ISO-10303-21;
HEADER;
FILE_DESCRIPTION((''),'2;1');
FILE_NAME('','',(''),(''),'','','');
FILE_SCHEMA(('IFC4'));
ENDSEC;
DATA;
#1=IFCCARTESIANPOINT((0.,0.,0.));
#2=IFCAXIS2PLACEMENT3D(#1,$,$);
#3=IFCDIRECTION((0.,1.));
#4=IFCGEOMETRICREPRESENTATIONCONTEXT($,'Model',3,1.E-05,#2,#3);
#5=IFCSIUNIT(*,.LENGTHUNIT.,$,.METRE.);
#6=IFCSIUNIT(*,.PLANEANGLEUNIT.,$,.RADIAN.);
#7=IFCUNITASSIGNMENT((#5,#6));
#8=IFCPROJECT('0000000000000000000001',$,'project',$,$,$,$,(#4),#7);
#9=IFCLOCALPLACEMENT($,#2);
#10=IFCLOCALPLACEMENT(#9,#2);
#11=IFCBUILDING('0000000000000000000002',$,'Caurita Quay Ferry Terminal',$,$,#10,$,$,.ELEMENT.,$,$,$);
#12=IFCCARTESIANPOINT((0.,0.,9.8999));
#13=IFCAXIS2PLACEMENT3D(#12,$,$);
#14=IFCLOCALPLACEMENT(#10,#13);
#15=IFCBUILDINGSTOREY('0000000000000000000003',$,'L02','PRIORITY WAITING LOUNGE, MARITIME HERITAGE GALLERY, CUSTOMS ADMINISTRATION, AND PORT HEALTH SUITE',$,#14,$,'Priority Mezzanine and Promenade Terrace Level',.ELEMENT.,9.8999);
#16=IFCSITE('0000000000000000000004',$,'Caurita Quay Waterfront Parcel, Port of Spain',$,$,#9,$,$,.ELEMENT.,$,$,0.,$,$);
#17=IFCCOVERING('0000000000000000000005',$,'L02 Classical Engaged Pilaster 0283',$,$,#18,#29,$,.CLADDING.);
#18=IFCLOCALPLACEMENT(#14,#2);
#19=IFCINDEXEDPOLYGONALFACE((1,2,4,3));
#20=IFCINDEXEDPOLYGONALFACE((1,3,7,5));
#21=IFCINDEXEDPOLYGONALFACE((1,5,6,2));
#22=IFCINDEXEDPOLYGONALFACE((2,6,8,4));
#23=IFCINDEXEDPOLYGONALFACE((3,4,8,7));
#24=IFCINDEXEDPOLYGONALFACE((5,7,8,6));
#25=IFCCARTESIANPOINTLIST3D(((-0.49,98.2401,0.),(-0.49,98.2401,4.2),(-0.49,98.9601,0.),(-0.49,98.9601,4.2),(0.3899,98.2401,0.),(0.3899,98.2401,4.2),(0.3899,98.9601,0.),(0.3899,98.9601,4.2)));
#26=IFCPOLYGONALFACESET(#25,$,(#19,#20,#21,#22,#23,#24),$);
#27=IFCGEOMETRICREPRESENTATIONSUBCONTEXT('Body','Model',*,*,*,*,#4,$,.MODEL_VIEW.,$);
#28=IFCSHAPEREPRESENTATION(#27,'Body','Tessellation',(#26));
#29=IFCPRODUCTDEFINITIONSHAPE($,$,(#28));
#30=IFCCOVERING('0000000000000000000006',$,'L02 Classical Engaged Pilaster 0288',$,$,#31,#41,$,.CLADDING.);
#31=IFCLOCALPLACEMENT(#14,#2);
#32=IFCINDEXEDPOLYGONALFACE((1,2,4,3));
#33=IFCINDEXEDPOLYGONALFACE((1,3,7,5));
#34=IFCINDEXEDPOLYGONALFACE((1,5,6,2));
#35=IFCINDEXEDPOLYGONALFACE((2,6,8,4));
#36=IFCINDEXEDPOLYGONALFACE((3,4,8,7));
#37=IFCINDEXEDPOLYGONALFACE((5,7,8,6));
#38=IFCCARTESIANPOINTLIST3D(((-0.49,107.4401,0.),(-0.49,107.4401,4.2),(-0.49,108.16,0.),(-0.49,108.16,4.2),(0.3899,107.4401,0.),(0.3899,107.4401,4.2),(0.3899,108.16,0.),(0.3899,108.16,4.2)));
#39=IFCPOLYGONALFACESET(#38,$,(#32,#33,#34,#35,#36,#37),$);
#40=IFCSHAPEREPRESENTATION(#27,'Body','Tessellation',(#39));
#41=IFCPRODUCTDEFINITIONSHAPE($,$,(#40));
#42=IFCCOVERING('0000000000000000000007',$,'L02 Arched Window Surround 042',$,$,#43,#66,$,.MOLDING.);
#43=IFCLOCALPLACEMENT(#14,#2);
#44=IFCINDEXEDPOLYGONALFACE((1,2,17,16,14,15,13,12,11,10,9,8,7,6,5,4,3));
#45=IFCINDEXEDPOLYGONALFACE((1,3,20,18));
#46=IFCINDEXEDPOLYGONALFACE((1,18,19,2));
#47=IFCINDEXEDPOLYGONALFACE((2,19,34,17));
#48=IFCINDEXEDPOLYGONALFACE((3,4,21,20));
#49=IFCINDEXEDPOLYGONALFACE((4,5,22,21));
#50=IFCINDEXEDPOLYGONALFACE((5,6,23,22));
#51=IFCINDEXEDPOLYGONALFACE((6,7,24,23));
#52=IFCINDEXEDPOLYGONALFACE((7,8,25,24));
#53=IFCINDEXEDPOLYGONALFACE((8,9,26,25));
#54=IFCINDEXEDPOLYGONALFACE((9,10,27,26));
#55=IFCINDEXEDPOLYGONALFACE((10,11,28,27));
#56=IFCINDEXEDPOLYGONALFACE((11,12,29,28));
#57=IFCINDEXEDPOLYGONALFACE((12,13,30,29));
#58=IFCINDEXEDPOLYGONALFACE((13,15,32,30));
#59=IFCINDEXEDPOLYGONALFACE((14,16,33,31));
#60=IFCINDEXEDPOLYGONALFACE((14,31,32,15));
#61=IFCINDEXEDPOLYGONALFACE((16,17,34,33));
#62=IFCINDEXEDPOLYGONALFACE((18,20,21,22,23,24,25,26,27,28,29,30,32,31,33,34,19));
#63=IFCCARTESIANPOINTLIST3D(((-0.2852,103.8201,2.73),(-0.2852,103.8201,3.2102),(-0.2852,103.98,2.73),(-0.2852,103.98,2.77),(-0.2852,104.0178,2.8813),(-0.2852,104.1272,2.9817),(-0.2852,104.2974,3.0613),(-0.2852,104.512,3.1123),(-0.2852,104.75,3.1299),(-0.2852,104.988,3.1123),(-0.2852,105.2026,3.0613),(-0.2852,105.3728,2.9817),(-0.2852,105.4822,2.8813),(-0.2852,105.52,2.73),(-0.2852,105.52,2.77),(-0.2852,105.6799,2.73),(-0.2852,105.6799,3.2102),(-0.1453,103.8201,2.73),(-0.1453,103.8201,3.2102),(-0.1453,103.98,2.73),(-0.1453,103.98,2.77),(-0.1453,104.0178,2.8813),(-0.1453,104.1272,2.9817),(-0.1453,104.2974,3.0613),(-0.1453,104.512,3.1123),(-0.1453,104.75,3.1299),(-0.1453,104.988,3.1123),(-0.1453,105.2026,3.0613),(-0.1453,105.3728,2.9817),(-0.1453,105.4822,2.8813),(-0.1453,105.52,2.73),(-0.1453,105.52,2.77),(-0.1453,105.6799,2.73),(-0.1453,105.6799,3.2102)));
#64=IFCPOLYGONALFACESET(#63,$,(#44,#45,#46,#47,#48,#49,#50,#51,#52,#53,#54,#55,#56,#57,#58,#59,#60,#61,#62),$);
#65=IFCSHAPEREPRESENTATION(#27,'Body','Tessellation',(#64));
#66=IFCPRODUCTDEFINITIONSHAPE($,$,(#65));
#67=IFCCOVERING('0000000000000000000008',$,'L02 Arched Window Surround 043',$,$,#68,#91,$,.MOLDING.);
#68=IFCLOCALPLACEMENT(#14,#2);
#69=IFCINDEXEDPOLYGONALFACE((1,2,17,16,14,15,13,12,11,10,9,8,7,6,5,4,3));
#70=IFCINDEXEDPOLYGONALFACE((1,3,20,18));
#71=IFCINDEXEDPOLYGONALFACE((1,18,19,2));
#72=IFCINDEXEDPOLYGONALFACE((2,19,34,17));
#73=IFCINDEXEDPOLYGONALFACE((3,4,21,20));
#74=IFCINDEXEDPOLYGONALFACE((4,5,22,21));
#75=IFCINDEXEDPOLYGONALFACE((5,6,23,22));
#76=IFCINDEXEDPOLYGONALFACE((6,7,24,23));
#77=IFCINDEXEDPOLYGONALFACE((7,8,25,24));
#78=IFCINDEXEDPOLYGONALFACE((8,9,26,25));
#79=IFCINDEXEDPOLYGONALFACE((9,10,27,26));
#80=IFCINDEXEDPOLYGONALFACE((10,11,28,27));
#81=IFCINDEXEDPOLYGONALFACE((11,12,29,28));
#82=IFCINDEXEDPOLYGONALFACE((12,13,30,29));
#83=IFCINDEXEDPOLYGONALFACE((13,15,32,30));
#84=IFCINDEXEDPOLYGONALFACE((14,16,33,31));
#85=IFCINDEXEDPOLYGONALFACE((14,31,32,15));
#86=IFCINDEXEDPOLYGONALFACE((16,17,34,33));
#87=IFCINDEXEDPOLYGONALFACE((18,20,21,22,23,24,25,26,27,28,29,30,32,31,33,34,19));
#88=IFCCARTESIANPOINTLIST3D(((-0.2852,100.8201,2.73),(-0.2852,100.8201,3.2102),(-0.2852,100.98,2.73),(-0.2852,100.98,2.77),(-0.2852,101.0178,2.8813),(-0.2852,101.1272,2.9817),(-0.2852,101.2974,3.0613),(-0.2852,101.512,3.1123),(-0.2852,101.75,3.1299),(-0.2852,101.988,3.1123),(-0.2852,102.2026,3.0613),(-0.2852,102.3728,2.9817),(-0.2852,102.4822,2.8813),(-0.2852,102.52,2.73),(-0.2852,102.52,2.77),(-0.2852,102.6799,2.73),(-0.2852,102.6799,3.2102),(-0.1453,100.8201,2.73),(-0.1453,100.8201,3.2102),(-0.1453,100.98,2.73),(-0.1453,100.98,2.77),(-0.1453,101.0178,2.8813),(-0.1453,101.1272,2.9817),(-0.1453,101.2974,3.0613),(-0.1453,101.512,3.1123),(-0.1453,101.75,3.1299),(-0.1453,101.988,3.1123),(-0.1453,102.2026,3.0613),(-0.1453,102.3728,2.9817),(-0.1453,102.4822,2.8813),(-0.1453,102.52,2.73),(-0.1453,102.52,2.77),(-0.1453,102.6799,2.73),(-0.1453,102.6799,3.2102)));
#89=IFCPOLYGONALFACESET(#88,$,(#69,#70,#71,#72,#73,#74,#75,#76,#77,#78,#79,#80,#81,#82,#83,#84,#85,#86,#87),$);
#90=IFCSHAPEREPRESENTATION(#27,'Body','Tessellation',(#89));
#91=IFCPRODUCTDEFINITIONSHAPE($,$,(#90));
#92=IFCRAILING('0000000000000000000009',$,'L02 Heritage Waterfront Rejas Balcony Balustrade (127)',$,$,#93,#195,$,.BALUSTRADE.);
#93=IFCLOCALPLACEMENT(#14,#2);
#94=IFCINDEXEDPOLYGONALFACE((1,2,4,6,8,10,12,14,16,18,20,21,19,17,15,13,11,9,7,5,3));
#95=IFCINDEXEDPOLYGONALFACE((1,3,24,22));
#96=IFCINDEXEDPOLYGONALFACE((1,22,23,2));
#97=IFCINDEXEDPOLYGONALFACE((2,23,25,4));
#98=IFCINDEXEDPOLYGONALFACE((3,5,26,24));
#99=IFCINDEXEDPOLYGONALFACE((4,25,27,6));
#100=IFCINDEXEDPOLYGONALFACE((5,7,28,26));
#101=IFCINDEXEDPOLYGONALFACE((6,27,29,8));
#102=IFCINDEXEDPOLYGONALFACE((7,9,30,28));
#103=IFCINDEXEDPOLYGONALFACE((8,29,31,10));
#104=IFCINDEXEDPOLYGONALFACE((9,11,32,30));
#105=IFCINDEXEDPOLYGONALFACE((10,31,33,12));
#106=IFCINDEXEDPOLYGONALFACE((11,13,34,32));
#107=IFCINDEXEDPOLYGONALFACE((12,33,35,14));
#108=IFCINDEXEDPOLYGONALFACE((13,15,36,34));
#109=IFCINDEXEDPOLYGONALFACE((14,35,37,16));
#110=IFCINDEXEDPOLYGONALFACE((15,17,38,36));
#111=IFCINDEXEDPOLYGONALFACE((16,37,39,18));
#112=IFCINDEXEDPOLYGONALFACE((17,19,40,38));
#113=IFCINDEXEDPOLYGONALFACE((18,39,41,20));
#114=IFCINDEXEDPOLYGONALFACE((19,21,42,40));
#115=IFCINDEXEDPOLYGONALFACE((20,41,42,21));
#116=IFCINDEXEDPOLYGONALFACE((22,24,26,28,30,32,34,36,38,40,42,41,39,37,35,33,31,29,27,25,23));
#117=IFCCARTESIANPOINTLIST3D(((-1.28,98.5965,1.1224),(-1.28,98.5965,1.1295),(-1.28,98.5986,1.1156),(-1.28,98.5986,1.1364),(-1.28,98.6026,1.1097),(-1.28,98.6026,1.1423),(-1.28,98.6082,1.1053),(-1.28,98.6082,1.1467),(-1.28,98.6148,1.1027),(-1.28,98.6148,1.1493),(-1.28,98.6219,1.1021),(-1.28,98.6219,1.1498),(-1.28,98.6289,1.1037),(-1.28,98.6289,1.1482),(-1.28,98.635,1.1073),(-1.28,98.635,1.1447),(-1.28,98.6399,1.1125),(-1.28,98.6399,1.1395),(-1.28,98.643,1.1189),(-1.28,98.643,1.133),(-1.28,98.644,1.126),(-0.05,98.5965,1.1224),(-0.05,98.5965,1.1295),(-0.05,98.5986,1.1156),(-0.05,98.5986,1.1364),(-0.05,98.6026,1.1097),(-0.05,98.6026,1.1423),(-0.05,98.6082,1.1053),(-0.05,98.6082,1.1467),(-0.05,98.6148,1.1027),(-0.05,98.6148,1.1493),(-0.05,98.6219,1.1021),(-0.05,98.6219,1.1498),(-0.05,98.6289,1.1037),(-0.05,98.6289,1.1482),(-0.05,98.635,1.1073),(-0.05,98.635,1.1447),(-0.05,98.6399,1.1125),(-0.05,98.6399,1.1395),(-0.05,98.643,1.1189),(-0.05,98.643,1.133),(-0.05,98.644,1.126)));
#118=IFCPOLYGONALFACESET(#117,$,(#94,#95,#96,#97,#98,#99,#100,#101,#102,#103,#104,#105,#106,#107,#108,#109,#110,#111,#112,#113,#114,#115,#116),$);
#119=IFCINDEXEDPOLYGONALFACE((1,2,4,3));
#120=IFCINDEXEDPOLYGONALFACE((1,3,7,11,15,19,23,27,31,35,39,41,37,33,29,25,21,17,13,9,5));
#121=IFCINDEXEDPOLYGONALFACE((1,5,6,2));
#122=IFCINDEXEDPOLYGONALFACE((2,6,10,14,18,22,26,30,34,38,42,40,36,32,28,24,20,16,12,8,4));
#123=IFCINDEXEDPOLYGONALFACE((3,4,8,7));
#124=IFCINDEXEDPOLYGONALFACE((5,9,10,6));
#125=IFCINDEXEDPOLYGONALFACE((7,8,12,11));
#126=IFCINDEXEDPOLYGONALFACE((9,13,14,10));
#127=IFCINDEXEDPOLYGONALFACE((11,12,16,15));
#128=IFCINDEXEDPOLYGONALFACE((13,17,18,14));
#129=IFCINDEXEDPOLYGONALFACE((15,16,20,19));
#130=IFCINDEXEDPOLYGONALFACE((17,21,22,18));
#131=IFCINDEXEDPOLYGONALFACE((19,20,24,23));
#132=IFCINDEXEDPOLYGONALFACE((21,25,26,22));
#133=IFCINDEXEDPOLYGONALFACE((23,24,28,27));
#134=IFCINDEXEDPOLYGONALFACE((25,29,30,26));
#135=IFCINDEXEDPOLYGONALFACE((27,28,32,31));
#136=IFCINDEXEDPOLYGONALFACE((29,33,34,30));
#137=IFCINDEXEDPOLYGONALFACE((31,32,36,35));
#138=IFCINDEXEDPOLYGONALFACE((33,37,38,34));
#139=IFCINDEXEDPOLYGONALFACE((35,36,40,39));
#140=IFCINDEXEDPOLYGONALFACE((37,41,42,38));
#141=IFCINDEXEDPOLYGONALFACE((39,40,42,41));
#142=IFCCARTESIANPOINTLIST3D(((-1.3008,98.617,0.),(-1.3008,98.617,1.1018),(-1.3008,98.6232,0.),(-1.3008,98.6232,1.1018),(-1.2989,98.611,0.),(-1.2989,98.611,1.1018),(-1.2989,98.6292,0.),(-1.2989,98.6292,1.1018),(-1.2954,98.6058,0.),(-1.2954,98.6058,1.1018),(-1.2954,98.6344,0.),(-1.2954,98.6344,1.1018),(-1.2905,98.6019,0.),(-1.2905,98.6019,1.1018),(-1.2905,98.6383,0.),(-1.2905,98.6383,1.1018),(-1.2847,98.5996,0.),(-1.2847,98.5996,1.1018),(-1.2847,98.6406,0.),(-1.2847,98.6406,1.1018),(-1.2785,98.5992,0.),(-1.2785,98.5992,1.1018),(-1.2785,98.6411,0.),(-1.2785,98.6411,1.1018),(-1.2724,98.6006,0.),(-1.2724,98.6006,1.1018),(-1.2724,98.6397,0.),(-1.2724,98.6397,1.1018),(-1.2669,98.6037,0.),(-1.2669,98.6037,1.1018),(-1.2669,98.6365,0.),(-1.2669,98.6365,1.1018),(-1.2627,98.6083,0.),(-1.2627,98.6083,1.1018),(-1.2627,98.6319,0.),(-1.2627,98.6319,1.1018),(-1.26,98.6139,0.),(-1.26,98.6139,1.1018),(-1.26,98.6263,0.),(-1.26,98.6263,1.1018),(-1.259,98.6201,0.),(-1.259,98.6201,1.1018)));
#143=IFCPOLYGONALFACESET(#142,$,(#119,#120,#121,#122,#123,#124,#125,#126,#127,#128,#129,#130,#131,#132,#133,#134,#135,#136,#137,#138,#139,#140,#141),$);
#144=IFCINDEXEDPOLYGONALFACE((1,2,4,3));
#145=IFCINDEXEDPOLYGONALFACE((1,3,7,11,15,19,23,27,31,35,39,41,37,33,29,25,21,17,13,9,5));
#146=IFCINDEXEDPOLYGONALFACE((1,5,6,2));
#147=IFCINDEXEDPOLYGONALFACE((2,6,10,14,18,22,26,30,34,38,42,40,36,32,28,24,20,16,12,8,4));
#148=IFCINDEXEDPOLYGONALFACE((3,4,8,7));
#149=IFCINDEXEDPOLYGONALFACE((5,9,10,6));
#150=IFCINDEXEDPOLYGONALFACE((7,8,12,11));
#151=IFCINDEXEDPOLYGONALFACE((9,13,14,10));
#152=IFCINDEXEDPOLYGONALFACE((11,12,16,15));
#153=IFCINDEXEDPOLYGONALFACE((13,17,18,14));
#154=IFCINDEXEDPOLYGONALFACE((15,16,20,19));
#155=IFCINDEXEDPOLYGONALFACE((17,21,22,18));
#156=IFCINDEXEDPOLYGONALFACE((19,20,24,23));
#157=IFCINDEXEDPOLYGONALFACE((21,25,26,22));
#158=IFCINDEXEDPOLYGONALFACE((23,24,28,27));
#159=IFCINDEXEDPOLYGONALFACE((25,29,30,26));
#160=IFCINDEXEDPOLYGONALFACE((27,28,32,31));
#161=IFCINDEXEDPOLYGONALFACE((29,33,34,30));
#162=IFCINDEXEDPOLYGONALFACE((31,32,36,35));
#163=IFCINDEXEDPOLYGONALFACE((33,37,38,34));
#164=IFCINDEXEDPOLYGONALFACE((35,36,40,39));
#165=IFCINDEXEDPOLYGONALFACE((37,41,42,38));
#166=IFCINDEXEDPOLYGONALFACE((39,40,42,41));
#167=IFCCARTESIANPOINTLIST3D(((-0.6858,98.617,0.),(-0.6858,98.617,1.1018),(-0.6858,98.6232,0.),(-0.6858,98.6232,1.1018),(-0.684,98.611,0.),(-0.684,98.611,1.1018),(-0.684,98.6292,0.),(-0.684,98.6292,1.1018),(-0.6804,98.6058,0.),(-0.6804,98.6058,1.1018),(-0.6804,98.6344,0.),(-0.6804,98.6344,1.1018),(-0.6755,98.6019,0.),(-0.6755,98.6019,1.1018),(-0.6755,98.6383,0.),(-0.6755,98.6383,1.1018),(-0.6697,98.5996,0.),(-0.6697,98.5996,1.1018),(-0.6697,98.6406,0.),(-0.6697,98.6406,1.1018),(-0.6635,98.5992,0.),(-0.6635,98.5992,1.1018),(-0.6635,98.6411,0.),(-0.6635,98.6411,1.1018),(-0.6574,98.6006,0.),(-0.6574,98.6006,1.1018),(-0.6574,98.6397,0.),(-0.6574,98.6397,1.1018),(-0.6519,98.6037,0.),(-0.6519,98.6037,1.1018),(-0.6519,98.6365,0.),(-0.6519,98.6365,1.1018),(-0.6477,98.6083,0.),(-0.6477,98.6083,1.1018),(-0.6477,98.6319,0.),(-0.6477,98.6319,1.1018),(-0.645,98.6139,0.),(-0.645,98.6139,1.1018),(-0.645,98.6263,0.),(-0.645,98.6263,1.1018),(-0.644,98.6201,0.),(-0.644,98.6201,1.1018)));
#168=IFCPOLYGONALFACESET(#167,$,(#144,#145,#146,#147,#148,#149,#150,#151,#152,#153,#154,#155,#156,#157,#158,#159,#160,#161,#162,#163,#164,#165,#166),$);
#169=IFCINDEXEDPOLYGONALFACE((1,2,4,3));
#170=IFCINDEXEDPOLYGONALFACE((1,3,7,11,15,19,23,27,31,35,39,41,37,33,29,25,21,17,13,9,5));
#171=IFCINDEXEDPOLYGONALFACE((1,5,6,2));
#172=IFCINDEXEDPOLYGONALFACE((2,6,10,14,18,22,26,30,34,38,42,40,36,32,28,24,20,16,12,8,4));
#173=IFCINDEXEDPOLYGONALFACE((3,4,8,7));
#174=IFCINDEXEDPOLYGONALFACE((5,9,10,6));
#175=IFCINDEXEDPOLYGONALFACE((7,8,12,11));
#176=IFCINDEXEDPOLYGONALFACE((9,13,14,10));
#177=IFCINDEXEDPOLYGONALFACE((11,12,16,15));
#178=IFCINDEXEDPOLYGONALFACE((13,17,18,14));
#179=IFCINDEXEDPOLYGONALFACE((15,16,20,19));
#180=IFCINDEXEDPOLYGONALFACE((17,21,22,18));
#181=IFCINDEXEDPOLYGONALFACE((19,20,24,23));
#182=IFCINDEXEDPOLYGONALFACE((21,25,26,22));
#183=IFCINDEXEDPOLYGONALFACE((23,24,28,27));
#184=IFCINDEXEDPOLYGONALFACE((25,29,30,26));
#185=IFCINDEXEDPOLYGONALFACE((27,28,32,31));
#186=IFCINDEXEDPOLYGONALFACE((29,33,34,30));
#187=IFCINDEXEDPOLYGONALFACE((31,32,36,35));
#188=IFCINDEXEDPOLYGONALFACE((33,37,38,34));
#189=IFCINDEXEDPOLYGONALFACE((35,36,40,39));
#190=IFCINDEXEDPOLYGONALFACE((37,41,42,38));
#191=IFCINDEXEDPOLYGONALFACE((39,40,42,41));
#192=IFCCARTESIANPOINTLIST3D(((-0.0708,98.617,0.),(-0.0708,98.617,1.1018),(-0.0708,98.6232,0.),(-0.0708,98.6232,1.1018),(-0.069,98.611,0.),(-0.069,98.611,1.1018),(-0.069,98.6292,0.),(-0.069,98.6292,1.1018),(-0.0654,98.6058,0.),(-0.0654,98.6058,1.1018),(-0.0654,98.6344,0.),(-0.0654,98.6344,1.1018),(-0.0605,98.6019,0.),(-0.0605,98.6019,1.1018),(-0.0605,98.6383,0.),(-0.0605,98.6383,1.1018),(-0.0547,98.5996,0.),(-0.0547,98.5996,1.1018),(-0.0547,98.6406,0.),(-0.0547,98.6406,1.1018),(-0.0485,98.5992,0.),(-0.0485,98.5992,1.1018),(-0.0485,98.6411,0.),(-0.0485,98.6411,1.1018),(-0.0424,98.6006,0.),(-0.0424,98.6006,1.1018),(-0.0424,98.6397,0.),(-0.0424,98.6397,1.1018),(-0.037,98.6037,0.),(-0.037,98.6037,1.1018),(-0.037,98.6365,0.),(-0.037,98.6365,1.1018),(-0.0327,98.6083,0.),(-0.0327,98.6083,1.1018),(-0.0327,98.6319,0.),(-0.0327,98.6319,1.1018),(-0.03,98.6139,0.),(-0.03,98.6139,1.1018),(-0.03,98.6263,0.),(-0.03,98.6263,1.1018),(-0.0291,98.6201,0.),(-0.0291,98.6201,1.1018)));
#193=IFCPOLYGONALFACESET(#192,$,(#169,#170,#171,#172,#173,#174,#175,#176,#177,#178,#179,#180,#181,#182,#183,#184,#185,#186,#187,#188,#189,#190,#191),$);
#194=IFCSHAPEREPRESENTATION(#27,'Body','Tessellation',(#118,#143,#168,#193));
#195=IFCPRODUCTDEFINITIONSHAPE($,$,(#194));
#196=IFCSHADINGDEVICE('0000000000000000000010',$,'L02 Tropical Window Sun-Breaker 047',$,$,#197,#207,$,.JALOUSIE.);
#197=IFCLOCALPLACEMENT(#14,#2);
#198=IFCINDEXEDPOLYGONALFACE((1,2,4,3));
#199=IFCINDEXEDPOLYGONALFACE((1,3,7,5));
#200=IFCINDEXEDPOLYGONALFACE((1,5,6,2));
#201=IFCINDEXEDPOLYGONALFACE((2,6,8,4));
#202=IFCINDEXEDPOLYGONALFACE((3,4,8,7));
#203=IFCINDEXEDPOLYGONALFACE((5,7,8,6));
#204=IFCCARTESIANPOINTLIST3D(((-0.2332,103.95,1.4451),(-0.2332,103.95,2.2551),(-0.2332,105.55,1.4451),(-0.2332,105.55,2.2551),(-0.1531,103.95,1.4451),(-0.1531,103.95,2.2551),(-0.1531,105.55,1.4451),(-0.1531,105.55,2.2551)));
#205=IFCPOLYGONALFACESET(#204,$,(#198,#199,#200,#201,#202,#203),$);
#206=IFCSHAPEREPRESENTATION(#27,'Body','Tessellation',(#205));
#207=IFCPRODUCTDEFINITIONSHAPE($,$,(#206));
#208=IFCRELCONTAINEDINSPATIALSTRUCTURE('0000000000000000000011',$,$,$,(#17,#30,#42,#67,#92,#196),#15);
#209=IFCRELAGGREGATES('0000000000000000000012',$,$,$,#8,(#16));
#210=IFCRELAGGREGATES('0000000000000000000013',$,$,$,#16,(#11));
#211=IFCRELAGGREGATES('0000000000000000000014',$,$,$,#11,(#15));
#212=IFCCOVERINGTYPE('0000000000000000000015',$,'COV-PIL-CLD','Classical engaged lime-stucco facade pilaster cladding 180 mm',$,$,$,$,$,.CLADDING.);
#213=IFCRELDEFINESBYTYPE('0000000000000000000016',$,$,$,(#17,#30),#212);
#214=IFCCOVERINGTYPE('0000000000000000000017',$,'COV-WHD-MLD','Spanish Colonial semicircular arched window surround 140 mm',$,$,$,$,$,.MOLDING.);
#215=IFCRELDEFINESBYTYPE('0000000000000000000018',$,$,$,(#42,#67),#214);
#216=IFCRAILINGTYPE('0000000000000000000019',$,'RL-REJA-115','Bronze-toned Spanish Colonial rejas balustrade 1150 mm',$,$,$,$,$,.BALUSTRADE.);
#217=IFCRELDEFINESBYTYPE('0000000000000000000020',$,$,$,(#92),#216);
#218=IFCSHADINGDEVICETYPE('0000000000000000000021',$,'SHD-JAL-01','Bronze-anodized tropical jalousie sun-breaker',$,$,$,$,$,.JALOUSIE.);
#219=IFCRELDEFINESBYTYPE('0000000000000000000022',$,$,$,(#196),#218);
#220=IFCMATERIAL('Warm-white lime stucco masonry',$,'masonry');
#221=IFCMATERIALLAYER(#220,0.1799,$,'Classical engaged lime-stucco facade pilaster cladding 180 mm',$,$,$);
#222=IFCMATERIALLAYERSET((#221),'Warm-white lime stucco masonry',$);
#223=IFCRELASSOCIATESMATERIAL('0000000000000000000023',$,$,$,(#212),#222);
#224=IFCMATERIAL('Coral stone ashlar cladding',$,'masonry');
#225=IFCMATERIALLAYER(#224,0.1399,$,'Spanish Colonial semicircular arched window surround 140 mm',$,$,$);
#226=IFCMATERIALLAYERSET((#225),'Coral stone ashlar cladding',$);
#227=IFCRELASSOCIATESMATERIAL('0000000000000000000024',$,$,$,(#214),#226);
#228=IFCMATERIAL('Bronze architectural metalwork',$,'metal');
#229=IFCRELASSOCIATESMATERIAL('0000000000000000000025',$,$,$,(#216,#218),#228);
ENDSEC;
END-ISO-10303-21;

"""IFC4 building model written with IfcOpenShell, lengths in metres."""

from ifc_helpers import new_model, si_unit, direction, frame, origin, origin_2d, place, context, subcontext, project, spatial, polyline, rectangle, circle, outline, extrude, material, layer, layer_set, type_object, element, save


model = new_model("IFC4")

# Units and contexts
model_context = context("Model", 3, precision=1e-05, world=origin(), true_north=direction((0.0, 1.0)))
body_context = subcontext(model_context, "Body", "Model", "MODEL_VIEW")
ifc_project = project(units=[si_unit("LENGTHUNIT", "METRE"), si_unit("PLANEANGLEUNIT", "RADIAN")], contexts=[model_context])

# Site, building, storey
site_placement = place(None, origin())
site = spatial("IfcSite", under=ifc_project, at=site_placement, Name="Caurita Quay Waterfront Parcel, Port of Spain", CompositionType="ELEMENT", RefElevation=0.0)
building_placement = place(site_placement, origin())
building = spatial("IfcBuilding", under=site, at=building_placement, Name="Caurita Quay Ferry Terminal", CompositionType="ELEMENT")
storey_placement = place(building_placement, frame((0.0, 0.0, 9.8999)))
storey = spatial("IfcBuildingStorey", under=building, at=storey_placement, Name="L02", Description="PRIORITY WAITING LOUNGE, MARITIME HERITAGE GALLERY, CUSTOMS ADMINISTRATION, AND PORT HEALTH SUITE", LongName="Priority Mezzanine and Promenade Terrace Level", CompositionType="ELEMENT", Elevation=9.8999)

# Shared definitions
ifc_material_1 = material(Name="Warm-white lime stucco masonry", Category="masonry")

# Coverings
ifc_layer_1 = layer(ifc_material_1, 0.1799, Name="Classical engaged lime-stucco facade pilaster cladding 180 mm")
ifc_layer_set_1 = layer_set([ifc_layer_1], Name="Warm-white lime stucco masonry")
covering_type_1 = type_object("IfcCoveringType", Name="COV-PIL-CLD", Description="Classical engaged lime-stucco facade pilaster cladding 180 mm", PredefinedType="CLADDING", material=ifc_layer_set_1)
for number, where, z_axis, x_axis, name in (
    (1, (-0.05, 98.6001, 0.0), (0.0, 0.0, 1.0), (1.0, 0.0, 0.0), "L02 Classical Engaged Pilaster 0283"),
    (2, (-0.05, 107.8, 0.0), (0.0, 0.0, 1.0), (1.0, 0.0, 0.0), "L02 Classical Engaged Pilaster 0288"),
):
    element("IfcCovering", number, at=place(storey_placement, frame(where, z_axis=z_axis, x_axis=x_axis)), inside=storey, type_object=covering_type_1, Name=name, PredefinedType="CLADDING", context=body_context, shape_type="SweptSolid", body=[
        extrude(rectangle(XDim=0.8799, YDim=0.72, at=origin_2d()), origin(), (0.0, 0.0, 1.0), 4.2),
    ])
ifc_material_2 = material(Name="Coral stone ashlar cladding", Category="masonry")
ifc_layer_2 = layer(ifc_material_2, 0.1399, Name="Spanish Colonial semicircular arched window surround 140 mm")
ifc_layer_set_2 = layer_set([ifc_layer_2], Name="Coral stone ashlar cladding")
covering_type_2 = type_object("IfcCoveringType", Name="COV-WHD-MLD", Description="Spanish Colonial semicircular arched window surround 140 mm", PredefinedType="MOLDING", material=ifc_layer_set_2)
for number, where, z_axis, x_axis, name in (
    (3, (-0.2151, 105.6799, 2.73), (0.0, 0.0, 1.0), (0.0, -1.0, 0.0), "L02 Arched Window Surround 042"),
    (4, (-0.2151, 102.6799, 2.73), (0.0, 0.0, 1.0), (0.0, -1.0, 0.0), "L02 Arched Window Surround 043"),
):
    element("IfcCovering", number, at=place(storey_placement, frame(where, z_axis=z_axis, x_axis=x_axis)), inside=storey, type_object=covering_type_2, Name=name, PredefinedType="MOLDING", context=body_context, shape_type="SweptSolid", body=[
        extrude(outline(polyline([(0.0, 0.0), (0.1599, 0.0), (0.1599, 0.04), (0.1978, 0.1514), (0.3071, 0.2517), (0.4773, 0.3313), (0.6919, 0.3823), (0.9299, 0.3999), (1.168, 0.3823), (1.3826, 0.3313), (1.5527, 0.2517), (1.6621, 0.1514), (1.7, 0.04), (1.7, 0.0), (1.8599, 0.0), (1.8599, 0.4802), (0.0, 0.4802), (0.0, 0.0)])), frame((0.0, 0.0698, 0.0), z_axis=(0.0, -1.0, 0.0), x_axis=(1.0, 0.0, 0.0)), (0.0, 0.0, 1.0), 0.1399),
    ])

# Railing
ifc_material_3 = material(Name="Bronze architectural metalwork", Category="metal")
railing_type = type_object("IfcRailingType", Name="RL-REJA-115", Description="Bronze-toned Spanish Colonial rejas balustrade 1150 mm", PredefinedType="BALUSTRADE", material=ifc_material_3)
railing_placement = place(storey_placement, frame((-1.28, 98.6201, 0.0)))
element("IfcRailing", 5, at=railing_placement, inside=storey, type_object=railing_type, Name="L02 Heritage Waterfront Rejas Balcony Balustrade (127)", PredefinedType="BALUSTRADE", context=body_context, shape_type="SweptSolid", body=[
    extrude(circle(Radius=0.0239, at=origin_2d()), frame((0.0, 0.0, 1.126), z_axis=(1.0, 0.0, 0.0), x_axis=(0.0, 1.0, 0.0)), (0.0, 0.0, 1.0), 1.23),
    extrude(circle(Radius=0.021, at=origin_2d()), origin(), (0.0, 0.0, 1.0), 1.1018),
    extrude(circle(Radius=0.021, at=origin_2d()), frame((0.615, 0.0, 0.0)), (0.0, 0.0, 1.0), 1.1018),
    extrude(circle(Radius=0.021, at=origin_2d()), frame((1.23, 0.0, 0.0)), (0.0, 0.0, 1.0), 1.1018),
])

# Shading device
shading_device_type_1 = type_object("IfcShadingDeviceType", Name="SHD-JAL-01", Description="Bronze-anodized tropical jalousie sun-breaker", PredefinedType="JALOUSIE", material=ifc_material_3)
shading_device_1_placement = place(storey_placement, frame((-0.1931, 104.75, 1.4451), z_axis=(0.0, 0.0, 1.0), x_axis=(0.0, -1.0, 0.0)))
element("IfcShadingDevice", 6, at=shading_device_1_placement, inside=storey, type_object=shading_device_type_1, Name="L02 Tropical Window Sun-Breaker 047", PredefinedType="JALOUSIE", context=body_context, shape_type="SweptSolid", body=[
    extrude(rectangle(XDim=1.6001, YDim=0.0801, at=origin_2d()), origin(), (0.0, 0.0, 1.0), 0.8101),
])

save(model, "model.ifc")
